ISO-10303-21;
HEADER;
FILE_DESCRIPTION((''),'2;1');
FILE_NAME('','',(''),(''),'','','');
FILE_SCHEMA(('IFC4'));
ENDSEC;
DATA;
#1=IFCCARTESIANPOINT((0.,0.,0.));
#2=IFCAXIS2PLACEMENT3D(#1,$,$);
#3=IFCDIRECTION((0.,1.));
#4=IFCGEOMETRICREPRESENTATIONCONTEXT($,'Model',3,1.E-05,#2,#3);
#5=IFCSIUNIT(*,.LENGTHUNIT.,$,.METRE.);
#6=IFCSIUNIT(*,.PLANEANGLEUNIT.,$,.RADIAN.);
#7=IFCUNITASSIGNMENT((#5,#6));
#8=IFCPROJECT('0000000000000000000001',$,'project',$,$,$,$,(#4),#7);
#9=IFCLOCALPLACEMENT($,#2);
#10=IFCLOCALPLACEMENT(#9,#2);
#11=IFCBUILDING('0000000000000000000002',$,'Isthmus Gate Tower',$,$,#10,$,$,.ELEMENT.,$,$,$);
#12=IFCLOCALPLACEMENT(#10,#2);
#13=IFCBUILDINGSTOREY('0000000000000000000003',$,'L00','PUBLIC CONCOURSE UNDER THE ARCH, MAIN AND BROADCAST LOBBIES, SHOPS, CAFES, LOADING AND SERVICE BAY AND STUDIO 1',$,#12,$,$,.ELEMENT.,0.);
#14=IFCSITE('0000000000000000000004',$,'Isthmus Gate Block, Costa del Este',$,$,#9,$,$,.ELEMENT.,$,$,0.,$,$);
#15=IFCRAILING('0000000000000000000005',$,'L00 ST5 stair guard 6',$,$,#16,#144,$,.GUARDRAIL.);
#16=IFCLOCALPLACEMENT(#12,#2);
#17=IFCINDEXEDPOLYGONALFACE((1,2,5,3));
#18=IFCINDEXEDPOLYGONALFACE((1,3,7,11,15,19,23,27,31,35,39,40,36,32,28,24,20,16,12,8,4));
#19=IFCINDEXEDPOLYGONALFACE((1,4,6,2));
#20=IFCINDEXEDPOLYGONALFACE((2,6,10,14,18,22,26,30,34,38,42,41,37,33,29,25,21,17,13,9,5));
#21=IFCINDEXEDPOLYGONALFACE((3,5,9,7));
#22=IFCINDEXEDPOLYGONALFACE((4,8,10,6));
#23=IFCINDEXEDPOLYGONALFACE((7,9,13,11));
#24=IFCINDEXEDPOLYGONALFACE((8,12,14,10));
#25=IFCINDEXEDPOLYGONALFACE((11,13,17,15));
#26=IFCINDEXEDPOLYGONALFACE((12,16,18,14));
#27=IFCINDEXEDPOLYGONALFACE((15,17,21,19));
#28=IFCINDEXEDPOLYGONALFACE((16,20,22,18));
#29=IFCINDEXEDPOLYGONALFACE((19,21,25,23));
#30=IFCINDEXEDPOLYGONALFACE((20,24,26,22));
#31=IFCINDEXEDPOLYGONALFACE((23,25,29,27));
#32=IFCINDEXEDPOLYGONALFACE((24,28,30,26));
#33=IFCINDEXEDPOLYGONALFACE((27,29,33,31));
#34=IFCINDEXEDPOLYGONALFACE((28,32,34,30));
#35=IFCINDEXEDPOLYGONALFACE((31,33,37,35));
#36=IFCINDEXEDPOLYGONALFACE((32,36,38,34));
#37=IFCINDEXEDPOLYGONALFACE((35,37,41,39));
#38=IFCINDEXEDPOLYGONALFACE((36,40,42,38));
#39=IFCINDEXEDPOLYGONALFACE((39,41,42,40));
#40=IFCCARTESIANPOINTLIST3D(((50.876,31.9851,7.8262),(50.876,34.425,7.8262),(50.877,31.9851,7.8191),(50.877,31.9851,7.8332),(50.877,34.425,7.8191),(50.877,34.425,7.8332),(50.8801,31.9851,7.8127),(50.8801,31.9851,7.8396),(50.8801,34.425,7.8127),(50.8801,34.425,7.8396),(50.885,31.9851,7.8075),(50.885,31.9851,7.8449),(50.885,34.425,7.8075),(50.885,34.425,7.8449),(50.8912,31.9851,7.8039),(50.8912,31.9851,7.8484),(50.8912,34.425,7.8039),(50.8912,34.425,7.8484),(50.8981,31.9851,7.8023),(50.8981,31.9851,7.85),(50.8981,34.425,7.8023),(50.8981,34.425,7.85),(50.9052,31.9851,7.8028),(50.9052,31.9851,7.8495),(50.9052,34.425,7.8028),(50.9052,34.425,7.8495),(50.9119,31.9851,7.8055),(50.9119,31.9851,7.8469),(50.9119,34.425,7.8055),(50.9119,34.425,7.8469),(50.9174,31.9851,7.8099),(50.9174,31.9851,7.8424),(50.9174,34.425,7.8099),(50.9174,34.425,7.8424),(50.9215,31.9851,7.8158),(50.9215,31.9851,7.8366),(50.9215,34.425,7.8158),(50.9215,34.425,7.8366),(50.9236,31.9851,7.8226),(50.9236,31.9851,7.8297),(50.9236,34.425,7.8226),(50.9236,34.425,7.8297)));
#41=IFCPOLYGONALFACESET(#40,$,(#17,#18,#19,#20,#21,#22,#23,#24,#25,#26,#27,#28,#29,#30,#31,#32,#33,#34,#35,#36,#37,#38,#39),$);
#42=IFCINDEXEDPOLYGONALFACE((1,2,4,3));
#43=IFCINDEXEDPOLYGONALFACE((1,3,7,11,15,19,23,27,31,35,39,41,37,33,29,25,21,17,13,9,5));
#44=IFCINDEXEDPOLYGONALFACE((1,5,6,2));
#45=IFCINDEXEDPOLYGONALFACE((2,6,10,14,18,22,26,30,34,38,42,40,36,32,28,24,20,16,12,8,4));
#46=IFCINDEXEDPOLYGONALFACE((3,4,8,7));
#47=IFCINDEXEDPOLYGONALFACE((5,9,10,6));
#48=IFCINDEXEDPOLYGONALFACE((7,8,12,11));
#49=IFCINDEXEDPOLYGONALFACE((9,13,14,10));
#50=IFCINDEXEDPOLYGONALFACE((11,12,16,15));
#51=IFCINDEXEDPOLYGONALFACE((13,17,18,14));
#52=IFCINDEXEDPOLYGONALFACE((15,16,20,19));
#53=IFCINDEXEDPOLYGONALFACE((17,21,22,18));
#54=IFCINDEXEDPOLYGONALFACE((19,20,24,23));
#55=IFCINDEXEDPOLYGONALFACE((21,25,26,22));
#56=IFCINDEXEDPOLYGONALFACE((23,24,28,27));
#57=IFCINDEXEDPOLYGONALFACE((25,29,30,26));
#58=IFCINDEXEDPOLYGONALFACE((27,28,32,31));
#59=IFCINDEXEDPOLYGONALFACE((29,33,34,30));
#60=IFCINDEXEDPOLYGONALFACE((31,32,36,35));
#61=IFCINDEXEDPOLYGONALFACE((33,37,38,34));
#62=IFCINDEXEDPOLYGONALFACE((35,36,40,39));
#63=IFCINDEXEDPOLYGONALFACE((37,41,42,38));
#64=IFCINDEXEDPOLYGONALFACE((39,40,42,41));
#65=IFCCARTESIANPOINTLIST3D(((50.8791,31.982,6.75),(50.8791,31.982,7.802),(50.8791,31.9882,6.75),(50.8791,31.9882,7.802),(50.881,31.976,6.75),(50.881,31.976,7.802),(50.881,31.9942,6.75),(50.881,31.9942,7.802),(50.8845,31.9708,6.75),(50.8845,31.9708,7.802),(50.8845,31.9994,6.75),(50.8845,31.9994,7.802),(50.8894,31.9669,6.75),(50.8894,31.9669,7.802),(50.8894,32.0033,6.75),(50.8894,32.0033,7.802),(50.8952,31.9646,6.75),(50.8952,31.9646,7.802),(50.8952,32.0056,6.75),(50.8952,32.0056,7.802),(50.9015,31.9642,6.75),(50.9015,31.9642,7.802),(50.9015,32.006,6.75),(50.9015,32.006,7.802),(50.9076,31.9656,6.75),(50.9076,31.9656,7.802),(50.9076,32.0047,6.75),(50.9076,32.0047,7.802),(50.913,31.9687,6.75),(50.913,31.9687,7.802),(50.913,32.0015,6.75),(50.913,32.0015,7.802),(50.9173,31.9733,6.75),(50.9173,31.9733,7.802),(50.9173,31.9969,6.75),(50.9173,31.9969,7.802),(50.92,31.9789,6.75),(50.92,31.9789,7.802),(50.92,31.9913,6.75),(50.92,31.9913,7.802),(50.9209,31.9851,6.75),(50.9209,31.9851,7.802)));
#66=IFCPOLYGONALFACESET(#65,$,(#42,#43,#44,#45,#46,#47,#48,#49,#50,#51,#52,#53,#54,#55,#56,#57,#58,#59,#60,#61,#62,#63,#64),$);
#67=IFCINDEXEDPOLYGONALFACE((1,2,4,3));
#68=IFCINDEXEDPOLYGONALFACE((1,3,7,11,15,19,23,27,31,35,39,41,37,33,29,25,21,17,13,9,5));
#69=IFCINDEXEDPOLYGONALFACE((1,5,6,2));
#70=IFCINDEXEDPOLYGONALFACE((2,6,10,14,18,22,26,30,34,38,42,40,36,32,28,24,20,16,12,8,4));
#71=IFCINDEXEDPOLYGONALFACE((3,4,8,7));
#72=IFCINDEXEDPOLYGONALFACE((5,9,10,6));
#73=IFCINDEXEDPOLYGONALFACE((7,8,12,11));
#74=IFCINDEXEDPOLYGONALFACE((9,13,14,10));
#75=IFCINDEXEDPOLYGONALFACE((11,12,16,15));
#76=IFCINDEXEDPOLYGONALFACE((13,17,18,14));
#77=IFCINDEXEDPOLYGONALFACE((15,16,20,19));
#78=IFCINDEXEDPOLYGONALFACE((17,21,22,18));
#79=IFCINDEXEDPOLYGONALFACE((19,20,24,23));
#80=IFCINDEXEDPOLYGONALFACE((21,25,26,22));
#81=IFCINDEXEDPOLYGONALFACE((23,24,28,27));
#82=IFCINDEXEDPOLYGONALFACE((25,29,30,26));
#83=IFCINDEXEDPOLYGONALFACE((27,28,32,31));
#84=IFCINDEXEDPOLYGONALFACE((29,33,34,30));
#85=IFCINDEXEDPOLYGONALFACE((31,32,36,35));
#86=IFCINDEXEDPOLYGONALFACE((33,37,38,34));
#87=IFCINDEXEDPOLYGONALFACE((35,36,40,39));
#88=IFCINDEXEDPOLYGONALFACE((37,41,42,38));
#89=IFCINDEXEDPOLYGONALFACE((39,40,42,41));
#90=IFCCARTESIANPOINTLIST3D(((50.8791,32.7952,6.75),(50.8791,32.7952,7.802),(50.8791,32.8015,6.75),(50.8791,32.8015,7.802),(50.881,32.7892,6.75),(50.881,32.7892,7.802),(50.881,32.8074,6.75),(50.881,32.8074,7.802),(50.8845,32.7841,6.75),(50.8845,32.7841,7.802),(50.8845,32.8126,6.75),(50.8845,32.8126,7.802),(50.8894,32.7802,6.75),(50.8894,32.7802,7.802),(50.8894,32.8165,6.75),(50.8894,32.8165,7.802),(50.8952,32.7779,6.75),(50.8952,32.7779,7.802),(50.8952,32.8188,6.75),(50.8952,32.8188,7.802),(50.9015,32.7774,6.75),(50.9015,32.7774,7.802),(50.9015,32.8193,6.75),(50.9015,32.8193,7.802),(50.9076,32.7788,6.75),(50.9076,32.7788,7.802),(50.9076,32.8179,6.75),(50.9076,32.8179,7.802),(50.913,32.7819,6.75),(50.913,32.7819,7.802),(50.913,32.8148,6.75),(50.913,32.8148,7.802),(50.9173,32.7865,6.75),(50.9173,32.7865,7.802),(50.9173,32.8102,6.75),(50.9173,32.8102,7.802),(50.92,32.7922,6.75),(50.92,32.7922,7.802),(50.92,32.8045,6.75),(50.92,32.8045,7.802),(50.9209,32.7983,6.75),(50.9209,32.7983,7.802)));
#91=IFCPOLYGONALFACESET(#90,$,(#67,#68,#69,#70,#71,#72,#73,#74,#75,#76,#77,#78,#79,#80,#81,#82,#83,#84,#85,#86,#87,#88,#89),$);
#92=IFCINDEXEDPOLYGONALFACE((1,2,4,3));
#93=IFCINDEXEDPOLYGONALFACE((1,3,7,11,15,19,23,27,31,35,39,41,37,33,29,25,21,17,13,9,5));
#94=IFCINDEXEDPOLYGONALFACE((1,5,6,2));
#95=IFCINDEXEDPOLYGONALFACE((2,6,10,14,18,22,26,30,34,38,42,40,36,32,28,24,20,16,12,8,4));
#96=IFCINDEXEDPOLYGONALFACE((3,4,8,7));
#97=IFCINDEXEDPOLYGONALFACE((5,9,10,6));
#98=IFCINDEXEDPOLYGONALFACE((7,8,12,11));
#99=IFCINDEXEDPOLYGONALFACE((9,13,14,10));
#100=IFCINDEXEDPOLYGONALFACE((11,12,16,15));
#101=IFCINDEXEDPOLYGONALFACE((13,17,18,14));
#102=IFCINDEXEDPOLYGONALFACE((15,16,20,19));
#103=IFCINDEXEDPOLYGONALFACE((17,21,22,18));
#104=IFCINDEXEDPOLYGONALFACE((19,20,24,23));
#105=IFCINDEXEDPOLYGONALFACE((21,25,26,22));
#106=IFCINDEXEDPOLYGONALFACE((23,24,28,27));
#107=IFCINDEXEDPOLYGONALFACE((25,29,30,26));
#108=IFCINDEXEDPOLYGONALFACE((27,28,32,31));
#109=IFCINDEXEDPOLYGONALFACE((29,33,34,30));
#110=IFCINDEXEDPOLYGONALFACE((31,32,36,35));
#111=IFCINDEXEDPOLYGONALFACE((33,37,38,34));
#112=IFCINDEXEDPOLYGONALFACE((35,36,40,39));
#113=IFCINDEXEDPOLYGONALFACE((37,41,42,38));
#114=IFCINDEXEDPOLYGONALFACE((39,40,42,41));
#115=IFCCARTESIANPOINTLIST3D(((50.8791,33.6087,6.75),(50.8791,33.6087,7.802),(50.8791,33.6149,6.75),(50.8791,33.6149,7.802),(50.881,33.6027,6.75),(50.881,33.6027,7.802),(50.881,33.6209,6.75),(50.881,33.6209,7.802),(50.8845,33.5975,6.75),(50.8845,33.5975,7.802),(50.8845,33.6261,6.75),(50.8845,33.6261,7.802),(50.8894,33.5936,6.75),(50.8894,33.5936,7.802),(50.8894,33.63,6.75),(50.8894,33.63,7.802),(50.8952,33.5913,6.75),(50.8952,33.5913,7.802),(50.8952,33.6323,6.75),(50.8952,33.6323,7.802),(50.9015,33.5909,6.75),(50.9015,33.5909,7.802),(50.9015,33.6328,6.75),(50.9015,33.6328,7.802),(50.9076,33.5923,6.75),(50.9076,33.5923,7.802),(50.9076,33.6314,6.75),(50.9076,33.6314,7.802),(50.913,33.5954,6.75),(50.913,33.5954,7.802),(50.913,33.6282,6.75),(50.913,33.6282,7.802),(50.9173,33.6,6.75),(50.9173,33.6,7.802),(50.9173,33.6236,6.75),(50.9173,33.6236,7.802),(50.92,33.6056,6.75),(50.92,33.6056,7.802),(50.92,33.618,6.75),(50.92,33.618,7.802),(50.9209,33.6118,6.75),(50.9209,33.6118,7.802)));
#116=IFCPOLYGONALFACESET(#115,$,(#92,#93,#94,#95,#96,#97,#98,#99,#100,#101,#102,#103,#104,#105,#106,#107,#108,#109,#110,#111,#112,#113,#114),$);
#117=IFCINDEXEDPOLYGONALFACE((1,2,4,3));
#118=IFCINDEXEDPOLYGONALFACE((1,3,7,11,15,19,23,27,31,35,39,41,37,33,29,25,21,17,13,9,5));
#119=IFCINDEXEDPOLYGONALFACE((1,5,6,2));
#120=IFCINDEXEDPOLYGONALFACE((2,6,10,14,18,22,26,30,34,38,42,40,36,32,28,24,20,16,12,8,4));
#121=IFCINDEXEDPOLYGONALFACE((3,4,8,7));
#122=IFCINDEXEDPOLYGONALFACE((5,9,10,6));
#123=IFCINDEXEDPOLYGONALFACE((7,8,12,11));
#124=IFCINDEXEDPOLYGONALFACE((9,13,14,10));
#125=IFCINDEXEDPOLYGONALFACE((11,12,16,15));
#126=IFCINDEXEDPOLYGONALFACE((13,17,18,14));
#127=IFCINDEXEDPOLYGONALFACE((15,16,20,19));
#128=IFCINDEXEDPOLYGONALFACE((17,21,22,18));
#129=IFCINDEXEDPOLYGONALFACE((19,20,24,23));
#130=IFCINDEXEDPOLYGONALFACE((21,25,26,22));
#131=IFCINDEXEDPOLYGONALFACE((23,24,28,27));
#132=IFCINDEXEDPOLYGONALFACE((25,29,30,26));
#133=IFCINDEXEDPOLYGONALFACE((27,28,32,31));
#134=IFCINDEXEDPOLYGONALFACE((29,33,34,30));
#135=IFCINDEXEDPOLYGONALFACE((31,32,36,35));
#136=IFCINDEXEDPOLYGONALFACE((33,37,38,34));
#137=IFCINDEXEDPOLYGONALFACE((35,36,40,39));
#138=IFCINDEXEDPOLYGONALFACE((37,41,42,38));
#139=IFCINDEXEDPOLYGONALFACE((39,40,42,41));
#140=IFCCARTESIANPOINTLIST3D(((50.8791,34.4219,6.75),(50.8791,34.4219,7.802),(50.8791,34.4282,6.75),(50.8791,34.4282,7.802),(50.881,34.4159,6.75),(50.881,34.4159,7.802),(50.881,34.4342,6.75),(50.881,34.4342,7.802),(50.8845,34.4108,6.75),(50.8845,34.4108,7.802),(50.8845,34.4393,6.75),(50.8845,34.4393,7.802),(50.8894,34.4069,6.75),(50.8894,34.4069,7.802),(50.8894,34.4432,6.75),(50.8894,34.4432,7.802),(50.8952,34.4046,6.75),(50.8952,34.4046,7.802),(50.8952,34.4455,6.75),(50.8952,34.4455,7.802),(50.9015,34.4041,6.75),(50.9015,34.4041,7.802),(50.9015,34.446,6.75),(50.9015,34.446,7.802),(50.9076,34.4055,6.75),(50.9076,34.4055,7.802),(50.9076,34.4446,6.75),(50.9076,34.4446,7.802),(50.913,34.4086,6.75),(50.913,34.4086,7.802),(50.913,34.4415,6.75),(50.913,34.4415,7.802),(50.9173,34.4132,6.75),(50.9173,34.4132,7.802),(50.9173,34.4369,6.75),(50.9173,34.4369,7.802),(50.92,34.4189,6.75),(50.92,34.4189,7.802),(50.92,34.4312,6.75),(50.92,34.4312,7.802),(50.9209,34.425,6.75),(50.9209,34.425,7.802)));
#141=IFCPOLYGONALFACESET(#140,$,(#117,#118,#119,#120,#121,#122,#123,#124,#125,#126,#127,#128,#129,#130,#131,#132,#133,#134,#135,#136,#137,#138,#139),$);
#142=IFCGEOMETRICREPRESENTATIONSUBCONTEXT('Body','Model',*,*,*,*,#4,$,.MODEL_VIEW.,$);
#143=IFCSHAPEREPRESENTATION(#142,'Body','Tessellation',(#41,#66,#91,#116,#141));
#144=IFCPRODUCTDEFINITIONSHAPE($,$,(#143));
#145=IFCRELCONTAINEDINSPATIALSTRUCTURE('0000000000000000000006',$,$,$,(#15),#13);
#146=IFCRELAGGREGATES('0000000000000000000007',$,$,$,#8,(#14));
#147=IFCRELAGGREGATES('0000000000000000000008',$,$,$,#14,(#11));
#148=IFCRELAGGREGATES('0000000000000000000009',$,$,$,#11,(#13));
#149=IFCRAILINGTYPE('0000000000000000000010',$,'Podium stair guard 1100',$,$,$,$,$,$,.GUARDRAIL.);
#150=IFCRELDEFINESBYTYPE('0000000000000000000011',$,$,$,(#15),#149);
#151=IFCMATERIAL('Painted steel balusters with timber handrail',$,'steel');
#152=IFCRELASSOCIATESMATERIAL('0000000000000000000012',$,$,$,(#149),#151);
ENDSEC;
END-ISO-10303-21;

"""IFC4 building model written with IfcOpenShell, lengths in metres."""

from ifc_helpers import new_model, si_unit, direction, frame, origin, origin_2d, place, context, subcontext, project, spatial, circle, extrude, material, type_object, element, save


model = new_model("IFC4")

# Units and contexts
model_context = context("Model", 3, precision=1e-05, world=origin(), true_north=direction((0.0, 1.0)))
body_context = subcontext(model_context, "Body", "Model", "MODEL_VIEW")
ifc_project = project(units=[si_unit("LENGTHUNIT", "METRE"), si_unit("PLANEANGLEUNIT", "RADIAN")], contexts=[model_context])

# Site, building, storey
site_placement = place(None, origin())
site = spatial("IfcSite", under=ifc_project, at=site_placement, Name="Isthmus Gate Block, Costa del Este", CompositionType="ELEMENT", RefElevation=0.0)
building_placement = place(site_placement, origin())
building = spatial("IfcBuilding", under=site, at=building_placement, Name="Isthmus Gate Tower", CompositionType="ELEMENT")
storey_placement = place(building_placement, origin())
storey = spatial("IfcBuildingStorey", under=building, at=storey_placement, Name="L00", Description="PUBLIC CONCOURSE UNDER THE ARCH, MAIN AND BROADCAST LOBBIES, SHOPS, CAFES, LOADING AND SERVICE BAY AND STUDIO 1", CompositionType="ELEMENT", Elevation=0.0)

# Railing
ifc_material_1 = material(Name="Painted steel balusters with timber handrail", Category="steel")
railing_type_1 = type_object("IfcRailingType", Name="Podium stair guard 1100", PredefinedType="GUARDRAIL", material=ifc_material_1)
railing_1_placement = place(storey_placement, frame((50.8999, 31.9851, 6.75)))
element("IfcRailing", 1, at=railing_1_placement, inside=storey, type_object=railing_type_1, Name="L00 ST5 stair guard 6", PredefinedType="GUARDRAIL", context=body_context, shape_type="SweptSolid", body=[
    extrude(circle(Radius=0.0239, at=origin_2d()), frame((0.0, 0.0, 1.0762), z_axis=(0.0, 1.0, 0.0), x_axis=(-1.0, 0.0, 0.0)), (0.0, 0.0, 1.0), 2.4399),
    extrude(circle(Radius=0.021, at=origin_2d()), origin(), (0.0, 0.0, 1.0), 1.052),
    extrude(circle(Radius=0.021, at=origin_2d()), frame((0.0, 0.8132, 0.0)), (0.0, 0.0, 1.0), 1.052),
    extrude(circle(Radius=0.021, at=origin_2d()), frame((0.0, 1.6267, 0.0)), (0.0, 0.0, 1.0), 1.052),
    extrude(circle(Radius=0.021, at=origin_2d()), frame((0.0, 2.4399, 0.0)), (0.0, 0.0, 1.0), 1.052),
])

save(model, "model.ifc")
